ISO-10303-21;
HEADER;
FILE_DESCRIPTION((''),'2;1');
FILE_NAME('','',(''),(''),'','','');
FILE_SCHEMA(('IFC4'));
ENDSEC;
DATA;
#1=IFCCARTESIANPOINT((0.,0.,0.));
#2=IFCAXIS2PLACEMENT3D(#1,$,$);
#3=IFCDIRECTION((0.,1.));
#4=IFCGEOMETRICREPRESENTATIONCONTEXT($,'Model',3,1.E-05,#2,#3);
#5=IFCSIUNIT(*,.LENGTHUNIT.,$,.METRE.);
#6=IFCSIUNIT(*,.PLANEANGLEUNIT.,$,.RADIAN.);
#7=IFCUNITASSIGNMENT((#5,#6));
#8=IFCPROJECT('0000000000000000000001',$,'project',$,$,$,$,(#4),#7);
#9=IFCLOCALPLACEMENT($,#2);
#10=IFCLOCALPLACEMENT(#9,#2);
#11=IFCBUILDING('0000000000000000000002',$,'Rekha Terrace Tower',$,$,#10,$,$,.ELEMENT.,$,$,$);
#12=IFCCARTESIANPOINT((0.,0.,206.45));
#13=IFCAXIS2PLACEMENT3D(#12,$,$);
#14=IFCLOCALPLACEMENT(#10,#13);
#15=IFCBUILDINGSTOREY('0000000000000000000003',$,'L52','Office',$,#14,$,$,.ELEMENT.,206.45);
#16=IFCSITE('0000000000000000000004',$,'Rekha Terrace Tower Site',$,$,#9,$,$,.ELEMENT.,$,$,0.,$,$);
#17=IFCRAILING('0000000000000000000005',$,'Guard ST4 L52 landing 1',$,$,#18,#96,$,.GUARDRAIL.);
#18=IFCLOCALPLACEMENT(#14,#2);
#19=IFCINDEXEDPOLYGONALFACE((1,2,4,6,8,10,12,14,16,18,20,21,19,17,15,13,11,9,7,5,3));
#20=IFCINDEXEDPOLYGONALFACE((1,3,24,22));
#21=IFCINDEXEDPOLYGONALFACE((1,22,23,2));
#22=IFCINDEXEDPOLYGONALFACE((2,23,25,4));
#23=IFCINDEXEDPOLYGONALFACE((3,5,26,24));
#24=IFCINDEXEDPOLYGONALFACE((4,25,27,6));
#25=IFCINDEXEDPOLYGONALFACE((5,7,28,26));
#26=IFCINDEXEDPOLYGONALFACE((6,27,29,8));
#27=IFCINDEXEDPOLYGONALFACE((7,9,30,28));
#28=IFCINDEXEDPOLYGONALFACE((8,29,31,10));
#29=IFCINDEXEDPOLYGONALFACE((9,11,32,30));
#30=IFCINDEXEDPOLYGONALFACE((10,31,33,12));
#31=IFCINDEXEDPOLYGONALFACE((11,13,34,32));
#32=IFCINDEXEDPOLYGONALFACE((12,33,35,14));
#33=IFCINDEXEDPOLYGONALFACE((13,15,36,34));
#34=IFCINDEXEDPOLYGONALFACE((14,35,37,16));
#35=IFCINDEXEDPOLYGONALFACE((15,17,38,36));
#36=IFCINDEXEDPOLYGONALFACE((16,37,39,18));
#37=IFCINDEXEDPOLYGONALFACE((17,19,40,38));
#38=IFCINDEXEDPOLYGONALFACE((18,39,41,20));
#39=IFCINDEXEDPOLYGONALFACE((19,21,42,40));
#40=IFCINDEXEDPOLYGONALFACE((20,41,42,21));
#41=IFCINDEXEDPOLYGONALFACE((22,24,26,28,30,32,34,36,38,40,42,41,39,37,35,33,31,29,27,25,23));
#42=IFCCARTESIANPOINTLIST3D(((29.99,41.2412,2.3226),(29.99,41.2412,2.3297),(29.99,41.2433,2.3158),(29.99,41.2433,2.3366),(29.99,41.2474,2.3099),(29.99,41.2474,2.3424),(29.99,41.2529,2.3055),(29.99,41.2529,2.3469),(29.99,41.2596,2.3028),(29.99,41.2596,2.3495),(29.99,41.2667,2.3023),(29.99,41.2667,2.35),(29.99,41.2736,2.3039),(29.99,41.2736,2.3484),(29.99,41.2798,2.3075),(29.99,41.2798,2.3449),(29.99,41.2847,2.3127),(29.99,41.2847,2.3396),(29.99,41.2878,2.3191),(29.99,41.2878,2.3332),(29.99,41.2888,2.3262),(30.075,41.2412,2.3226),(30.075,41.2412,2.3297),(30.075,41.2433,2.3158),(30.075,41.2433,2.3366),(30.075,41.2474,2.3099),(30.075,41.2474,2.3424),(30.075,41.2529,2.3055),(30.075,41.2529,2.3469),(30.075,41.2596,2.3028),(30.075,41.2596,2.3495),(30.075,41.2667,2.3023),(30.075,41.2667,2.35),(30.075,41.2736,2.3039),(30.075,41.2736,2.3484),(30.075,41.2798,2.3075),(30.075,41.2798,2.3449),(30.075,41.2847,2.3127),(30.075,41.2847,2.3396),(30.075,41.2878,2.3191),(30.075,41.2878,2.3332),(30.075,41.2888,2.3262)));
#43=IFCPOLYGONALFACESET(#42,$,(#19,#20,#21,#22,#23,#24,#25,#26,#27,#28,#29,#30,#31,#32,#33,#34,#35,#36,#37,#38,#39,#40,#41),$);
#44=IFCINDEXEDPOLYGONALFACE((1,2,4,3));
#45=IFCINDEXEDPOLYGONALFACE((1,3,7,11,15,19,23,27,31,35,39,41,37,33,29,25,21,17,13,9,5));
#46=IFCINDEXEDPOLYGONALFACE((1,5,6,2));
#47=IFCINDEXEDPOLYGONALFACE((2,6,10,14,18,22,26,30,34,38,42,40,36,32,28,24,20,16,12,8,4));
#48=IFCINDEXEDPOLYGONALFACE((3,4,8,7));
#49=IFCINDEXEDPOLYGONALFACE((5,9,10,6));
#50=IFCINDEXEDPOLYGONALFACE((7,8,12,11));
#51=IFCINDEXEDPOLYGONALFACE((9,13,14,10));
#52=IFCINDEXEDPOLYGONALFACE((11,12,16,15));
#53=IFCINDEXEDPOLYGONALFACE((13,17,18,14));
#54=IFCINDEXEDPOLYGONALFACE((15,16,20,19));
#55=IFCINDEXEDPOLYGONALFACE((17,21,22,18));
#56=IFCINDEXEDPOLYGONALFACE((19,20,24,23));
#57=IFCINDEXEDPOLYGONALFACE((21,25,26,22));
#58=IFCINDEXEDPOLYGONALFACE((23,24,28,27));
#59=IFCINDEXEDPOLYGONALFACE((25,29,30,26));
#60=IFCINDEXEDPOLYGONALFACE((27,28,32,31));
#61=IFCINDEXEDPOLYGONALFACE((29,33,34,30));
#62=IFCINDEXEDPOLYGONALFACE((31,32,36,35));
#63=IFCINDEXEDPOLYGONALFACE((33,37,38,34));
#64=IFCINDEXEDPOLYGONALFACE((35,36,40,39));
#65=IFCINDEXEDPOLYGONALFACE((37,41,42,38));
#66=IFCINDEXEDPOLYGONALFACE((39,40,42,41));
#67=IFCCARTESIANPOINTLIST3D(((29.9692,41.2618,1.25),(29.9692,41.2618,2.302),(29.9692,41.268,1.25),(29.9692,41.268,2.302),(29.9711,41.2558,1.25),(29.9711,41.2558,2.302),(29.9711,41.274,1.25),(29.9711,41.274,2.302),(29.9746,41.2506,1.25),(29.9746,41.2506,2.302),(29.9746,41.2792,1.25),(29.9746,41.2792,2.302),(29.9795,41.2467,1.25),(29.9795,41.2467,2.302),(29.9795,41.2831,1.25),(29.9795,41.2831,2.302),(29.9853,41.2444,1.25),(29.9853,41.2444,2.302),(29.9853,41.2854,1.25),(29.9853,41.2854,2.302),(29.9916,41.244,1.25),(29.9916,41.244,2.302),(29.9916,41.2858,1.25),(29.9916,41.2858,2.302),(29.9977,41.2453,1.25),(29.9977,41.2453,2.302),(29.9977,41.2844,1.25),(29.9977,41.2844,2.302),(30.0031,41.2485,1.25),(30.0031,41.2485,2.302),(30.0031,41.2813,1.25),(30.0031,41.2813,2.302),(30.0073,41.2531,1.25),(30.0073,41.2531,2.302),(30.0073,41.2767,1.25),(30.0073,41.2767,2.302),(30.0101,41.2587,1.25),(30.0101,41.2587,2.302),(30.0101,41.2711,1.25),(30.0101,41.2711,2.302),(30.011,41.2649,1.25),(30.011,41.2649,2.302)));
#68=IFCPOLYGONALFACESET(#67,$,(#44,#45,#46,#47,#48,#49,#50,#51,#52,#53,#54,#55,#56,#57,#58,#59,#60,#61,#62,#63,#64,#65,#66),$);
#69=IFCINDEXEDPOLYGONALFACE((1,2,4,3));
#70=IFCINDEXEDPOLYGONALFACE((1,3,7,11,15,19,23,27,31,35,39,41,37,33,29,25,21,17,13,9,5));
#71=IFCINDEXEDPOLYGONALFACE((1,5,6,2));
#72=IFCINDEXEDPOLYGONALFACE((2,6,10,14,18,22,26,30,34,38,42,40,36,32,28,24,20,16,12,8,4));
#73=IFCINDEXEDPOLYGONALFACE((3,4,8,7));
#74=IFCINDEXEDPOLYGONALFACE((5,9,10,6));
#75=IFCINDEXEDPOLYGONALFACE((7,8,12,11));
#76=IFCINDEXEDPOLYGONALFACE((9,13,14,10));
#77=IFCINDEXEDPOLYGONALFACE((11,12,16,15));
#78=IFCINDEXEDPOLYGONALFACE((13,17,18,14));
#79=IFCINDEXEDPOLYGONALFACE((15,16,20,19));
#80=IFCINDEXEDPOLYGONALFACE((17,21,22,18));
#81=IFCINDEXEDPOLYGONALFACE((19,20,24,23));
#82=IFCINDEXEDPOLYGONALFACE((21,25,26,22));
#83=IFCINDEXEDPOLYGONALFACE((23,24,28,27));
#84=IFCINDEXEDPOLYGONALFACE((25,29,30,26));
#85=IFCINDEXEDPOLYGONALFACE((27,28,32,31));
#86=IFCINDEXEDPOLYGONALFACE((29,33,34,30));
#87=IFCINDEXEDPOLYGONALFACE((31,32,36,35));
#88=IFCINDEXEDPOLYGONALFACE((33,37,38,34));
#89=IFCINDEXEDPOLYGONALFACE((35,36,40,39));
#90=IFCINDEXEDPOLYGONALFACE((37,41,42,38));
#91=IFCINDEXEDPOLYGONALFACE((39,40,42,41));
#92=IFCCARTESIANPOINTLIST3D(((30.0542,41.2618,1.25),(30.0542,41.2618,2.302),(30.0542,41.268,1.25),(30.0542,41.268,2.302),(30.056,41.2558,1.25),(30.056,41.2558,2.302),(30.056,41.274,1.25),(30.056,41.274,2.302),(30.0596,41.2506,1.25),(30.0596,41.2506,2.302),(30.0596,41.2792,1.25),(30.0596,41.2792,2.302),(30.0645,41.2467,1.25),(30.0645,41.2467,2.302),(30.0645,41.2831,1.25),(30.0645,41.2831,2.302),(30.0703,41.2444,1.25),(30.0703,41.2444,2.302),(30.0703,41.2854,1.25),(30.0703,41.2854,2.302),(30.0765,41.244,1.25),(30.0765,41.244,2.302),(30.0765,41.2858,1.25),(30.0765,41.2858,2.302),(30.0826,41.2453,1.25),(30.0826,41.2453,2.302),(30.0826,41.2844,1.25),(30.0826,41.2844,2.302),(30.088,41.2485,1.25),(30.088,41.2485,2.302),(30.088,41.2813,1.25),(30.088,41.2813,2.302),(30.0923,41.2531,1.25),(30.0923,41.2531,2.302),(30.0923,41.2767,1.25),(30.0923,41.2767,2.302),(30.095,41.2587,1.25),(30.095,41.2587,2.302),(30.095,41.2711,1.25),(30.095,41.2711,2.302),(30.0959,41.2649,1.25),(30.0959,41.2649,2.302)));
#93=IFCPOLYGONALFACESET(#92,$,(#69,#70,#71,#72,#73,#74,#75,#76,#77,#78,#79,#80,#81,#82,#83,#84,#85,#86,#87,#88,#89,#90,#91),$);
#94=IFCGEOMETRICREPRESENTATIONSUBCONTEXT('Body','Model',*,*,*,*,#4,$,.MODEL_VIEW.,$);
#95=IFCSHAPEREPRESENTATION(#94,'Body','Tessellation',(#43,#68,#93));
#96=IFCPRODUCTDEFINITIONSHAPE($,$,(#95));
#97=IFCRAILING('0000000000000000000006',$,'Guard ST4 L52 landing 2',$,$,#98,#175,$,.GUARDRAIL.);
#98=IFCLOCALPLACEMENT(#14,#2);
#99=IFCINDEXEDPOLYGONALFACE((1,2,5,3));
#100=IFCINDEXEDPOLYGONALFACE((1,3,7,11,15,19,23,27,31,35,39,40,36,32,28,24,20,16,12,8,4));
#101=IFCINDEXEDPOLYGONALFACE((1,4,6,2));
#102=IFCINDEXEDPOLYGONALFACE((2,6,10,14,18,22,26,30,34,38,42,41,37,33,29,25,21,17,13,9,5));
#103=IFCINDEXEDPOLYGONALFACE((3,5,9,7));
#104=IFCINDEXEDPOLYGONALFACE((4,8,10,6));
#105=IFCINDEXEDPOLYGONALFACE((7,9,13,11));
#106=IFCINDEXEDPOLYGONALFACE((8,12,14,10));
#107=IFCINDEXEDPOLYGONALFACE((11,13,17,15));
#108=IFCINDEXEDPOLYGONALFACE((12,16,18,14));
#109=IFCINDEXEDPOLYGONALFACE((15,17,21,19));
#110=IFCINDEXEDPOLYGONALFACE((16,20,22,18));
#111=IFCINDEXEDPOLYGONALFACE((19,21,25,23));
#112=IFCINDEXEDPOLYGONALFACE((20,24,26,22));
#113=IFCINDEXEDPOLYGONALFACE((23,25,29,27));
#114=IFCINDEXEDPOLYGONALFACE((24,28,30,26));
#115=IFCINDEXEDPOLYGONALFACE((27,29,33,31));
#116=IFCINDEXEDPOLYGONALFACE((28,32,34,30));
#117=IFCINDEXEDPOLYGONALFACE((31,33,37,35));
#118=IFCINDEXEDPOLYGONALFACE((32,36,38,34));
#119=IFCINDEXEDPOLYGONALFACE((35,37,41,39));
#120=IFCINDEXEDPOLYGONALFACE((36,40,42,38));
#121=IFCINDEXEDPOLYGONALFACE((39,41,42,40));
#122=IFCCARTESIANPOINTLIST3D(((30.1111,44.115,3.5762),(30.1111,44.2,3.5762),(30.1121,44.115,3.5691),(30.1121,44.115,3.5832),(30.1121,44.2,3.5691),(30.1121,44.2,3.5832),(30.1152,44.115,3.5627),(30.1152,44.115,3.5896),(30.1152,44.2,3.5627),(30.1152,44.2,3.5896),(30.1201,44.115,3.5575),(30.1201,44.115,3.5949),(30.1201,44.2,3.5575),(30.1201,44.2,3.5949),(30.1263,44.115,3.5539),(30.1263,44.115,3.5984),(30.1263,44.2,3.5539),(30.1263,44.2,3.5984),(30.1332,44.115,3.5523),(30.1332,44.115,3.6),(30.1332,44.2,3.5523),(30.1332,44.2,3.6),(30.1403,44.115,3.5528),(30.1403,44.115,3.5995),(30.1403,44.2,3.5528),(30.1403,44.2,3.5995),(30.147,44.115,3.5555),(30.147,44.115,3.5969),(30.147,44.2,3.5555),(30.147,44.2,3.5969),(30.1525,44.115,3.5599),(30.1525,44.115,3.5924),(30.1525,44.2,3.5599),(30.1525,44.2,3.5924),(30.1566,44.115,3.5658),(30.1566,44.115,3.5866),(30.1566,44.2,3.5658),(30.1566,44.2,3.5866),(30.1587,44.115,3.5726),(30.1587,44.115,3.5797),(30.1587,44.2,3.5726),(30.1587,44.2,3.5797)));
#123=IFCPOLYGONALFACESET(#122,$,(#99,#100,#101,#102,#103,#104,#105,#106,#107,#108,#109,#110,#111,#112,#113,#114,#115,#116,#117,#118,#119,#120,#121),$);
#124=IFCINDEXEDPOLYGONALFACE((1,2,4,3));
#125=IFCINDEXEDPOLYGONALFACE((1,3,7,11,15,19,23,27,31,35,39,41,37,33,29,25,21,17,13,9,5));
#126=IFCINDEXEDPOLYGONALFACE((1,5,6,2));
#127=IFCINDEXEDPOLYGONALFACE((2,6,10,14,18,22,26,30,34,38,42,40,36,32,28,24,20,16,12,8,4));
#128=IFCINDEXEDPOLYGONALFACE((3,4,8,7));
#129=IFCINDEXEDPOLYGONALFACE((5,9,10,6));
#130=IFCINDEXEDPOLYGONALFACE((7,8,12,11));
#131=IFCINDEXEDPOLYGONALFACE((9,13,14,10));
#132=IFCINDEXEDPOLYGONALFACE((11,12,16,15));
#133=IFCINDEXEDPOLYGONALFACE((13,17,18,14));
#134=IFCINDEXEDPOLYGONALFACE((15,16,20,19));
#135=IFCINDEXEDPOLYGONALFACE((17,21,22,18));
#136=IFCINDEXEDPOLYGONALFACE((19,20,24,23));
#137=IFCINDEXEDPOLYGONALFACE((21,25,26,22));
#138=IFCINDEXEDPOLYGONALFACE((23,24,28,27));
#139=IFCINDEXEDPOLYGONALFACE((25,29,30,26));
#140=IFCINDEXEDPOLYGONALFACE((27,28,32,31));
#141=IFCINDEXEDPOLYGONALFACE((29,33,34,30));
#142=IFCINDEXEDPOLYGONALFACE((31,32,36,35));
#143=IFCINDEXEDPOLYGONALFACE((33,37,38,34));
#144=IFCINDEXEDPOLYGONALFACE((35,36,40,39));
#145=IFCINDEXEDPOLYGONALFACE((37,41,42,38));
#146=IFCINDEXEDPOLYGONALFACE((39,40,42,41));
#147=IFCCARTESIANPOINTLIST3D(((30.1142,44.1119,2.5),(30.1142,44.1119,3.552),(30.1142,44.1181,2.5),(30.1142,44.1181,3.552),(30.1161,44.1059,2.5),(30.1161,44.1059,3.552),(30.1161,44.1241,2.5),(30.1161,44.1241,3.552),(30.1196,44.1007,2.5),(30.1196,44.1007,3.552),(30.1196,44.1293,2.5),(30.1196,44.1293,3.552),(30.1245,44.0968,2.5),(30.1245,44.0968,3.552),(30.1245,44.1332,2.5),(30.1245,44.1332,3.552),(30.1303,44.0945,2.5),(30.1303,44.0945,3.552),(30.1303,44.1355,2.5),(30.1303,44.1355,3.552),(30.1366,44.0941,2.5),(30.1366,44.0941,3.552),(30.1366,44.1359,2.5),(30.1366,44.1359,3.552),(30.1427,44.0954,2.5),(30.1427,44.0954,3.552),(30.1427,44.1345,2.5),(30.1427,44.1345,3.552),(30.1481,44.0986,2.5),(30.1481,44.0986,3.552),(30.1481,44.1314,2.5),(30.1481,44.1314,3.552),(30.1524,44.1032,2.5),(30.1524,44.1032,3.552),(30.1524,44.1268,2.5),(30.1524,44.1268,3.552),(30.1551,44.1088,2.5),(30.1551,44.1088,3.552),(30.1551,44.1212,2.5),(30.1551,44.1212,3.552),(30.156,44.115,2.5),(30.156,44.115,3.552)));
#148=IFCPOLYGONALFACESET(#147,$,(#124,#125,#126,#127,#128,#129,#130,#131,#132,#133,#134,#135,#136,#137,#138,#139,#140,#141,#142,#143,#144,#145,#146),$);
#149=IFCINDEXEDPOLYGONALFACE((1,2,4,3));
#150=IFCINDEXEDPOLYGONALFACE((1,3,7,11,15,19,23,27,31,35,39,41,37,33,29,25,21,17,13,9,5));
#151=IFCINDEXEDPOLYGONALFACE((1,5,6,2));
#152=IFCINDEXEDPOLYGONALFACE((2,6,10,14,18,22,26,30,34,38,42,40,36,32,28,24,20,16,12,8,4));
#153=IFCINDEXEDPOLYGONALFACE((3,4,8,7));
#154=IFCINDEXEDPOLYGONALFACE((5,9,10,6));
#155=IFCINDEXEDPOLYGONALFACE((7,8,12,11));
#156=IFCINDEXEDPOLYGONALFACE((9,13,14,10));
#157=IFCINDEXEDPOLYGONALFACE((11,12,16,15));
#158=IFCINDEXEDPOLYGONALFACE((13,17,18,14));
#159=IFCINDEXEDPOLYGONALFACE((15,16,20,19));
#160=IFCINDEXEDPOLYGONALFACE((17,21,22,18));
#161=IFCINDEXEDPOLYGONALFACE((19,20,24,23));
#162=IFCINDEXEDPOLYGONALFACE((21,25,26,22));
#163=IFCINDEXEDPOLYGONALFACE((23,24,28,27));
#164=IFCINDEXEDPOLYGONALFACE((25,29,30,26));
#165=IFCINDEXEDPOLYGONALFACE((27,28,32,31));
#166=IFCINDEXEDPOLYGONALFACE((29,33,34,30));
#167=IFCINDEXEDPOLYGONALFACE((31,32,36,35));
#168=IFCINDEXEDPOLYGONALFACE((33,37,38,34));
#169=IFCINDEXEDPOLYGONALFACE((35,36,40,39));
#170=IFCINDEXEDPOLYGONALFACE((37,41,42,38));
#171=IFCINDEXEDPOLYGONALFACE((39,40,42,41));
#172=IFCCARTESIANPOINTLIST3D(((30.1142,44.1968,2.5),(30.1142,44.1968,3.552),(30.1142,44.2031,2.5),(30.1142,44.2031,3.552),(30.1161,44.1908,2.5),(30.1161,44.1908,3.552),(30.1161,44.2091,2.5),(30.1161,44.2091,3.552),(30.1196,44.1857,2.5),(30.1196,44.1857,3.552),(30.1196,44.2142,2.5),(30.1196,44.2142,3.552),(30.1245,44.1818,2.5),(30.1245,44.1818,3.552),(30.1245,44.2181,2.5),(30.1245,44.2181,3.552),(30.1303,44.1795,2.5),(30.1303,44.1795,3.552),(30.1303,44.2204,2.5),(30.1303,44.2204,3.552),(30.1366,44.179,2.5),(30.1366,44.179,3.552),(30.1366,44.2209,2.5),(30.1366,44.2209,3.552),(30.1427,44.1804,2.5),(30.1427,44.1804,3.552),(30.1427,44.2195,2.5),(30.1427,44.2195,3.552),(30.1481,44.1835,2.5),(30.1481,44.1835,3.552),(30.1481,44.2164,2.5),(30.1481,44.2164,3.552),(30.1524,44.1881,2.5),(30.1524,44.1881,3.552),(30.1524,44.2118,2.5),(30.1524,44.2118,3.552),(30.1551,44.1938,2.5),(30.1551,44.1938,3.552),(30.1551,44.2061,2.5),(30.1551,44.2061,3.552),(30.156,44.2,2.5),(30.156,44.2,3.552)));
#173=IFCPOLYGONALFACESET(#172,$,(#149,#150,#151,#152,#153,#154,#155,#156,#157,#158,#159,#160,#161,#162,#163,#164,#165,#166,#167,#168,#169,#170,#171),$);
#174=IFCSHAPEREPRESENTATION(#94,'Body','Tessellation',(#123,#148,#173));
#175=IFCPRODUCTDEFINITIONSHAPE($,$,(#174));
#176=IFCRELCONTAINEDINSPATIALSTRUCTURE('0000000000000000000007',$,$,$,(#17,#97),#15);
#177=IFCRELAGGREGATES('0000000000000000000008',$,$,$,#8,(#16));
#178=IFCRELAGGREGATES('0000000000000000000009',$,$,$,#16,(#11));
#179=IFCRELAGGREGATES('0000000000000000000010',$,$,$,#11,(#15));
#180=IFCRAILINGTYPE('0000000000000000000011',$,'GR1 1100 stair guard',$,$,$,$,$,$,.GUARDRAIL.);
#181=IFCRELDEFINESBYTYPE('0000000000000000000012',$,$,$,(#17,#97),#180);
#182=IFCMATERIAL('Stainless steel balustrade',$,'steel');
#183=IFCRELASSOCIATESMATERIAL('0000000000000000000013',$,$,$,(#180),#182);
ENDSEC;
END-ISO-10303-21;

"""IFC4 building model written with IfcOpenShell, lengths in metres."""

from ifc_helpers import new_model, si_unit, direction, frame, origin, origin_2d, place, context, subcontext, project, spatial, circle, extrude, material, type_object, element, save


model = new_model("IFC4")

# Units and contexts
model_context = context("Model", 3, precision=1e-05, world=origin(), true_north=direction((0.0, 1.0)))
body_context = subcontext(model_context, "Body", "Model", "MODEL_VIEW")
ifc_project = project(units=[si_unit("LENGTHUNIT", "METRE"), si_unit("PLANEANGLEUNIT", "RADIAN")], contexts=[model_context])

# Site, building, storey
site_placement = place(None, origin())
site = spatial("IfcSite", under=ifc_project, at=site_placement, Name="Rekha Terrace Tower Site", CompositionType="ELEMENT", RefElevation=0.0)
building_placement = place(site_placement, origin())
building = spatial("IfcBuilding", under=site, at=building_placement, Name="Rekha Terrace Tower", CompositionType="ELEMENT")
storey_placement = place(building_placement, frame((0.0, 0.0, 206.45)))
storey = spatial("IfcBuildingStorey", under=building, at=storey_placement, Name="L52", Description="Office", CompositionType="ELEMENT", Elevation=206.45)

# Railings
ifc_material_1 = material(Name="Stainless steel balustrade", Category="steel")
railing_type_1 = type_object("IfcRailingType", Name="GR1 1100 stair guard", PredefinedType="GUARDRAIL", material=ifc_material_1)
railing_1_placement = place(storey_placement, frame((29.99, 41.2649, 1.25)))
element("IfcRailing", 1, at=railing_1_placement, inside=storey, type_object=railing_type_1, Name="Guard ST4 L52 landing 1", PredefinedType="GUARDRAIL", context=body_context, shape_type="SweptSolid", body=[
    extrude(circle(Radius=0.0239, at=origin_2d()), frame((0.0, 0.0, 1.0762), z_axis=(1.0, 0.0, 0.0), x_axis=(0.0, 1.0, 0.0)), (0.0, 0.0, 1.0), 0.085),
    extrude(circle(Radius=0.021, at=origin_2d()), origin(), (0.0, 0.0, 1.0), 1.052),
    extrude(circle(Radius=0.021, at=origin_2d()), frame((0.085, 0.0, 0.0)), (0.0, 0.0, 1.0), 1.052),
])
railing_2_placement = place(storey_placement, frame((30.135, 44.115, 2.5)))
element("IfcRailing", 2, at=railing_2_placement, inside=storey, type_object=railing_type_1, Name="Guard ST4 L52 landing 2", PredefinedType="GUARDRAIL", context=body_context, shape_type="SweptSolid", body=[
    extrude(circle(Radius=0.0239, at=origin_2d()), frame((0.0, 0.0, 1.0762), z_axis=(0.0, 1.0, 0.0), x_axis=(-1.0, 0.0, 0.0)), (0.0, 0.0, 1.0), 0.085),
    extrude(circle(Radius=0.021, at=origin_2d()), origin(), (0.0, 0.0, 1.0), 1.052),
    extrude(circle(Radius=0.021, at=origin_2d()), frame((0.0, 0.085, 0.0)), (0.0, 0.0, 1.0), 1.052),
])

save(model, "model.ifc")
